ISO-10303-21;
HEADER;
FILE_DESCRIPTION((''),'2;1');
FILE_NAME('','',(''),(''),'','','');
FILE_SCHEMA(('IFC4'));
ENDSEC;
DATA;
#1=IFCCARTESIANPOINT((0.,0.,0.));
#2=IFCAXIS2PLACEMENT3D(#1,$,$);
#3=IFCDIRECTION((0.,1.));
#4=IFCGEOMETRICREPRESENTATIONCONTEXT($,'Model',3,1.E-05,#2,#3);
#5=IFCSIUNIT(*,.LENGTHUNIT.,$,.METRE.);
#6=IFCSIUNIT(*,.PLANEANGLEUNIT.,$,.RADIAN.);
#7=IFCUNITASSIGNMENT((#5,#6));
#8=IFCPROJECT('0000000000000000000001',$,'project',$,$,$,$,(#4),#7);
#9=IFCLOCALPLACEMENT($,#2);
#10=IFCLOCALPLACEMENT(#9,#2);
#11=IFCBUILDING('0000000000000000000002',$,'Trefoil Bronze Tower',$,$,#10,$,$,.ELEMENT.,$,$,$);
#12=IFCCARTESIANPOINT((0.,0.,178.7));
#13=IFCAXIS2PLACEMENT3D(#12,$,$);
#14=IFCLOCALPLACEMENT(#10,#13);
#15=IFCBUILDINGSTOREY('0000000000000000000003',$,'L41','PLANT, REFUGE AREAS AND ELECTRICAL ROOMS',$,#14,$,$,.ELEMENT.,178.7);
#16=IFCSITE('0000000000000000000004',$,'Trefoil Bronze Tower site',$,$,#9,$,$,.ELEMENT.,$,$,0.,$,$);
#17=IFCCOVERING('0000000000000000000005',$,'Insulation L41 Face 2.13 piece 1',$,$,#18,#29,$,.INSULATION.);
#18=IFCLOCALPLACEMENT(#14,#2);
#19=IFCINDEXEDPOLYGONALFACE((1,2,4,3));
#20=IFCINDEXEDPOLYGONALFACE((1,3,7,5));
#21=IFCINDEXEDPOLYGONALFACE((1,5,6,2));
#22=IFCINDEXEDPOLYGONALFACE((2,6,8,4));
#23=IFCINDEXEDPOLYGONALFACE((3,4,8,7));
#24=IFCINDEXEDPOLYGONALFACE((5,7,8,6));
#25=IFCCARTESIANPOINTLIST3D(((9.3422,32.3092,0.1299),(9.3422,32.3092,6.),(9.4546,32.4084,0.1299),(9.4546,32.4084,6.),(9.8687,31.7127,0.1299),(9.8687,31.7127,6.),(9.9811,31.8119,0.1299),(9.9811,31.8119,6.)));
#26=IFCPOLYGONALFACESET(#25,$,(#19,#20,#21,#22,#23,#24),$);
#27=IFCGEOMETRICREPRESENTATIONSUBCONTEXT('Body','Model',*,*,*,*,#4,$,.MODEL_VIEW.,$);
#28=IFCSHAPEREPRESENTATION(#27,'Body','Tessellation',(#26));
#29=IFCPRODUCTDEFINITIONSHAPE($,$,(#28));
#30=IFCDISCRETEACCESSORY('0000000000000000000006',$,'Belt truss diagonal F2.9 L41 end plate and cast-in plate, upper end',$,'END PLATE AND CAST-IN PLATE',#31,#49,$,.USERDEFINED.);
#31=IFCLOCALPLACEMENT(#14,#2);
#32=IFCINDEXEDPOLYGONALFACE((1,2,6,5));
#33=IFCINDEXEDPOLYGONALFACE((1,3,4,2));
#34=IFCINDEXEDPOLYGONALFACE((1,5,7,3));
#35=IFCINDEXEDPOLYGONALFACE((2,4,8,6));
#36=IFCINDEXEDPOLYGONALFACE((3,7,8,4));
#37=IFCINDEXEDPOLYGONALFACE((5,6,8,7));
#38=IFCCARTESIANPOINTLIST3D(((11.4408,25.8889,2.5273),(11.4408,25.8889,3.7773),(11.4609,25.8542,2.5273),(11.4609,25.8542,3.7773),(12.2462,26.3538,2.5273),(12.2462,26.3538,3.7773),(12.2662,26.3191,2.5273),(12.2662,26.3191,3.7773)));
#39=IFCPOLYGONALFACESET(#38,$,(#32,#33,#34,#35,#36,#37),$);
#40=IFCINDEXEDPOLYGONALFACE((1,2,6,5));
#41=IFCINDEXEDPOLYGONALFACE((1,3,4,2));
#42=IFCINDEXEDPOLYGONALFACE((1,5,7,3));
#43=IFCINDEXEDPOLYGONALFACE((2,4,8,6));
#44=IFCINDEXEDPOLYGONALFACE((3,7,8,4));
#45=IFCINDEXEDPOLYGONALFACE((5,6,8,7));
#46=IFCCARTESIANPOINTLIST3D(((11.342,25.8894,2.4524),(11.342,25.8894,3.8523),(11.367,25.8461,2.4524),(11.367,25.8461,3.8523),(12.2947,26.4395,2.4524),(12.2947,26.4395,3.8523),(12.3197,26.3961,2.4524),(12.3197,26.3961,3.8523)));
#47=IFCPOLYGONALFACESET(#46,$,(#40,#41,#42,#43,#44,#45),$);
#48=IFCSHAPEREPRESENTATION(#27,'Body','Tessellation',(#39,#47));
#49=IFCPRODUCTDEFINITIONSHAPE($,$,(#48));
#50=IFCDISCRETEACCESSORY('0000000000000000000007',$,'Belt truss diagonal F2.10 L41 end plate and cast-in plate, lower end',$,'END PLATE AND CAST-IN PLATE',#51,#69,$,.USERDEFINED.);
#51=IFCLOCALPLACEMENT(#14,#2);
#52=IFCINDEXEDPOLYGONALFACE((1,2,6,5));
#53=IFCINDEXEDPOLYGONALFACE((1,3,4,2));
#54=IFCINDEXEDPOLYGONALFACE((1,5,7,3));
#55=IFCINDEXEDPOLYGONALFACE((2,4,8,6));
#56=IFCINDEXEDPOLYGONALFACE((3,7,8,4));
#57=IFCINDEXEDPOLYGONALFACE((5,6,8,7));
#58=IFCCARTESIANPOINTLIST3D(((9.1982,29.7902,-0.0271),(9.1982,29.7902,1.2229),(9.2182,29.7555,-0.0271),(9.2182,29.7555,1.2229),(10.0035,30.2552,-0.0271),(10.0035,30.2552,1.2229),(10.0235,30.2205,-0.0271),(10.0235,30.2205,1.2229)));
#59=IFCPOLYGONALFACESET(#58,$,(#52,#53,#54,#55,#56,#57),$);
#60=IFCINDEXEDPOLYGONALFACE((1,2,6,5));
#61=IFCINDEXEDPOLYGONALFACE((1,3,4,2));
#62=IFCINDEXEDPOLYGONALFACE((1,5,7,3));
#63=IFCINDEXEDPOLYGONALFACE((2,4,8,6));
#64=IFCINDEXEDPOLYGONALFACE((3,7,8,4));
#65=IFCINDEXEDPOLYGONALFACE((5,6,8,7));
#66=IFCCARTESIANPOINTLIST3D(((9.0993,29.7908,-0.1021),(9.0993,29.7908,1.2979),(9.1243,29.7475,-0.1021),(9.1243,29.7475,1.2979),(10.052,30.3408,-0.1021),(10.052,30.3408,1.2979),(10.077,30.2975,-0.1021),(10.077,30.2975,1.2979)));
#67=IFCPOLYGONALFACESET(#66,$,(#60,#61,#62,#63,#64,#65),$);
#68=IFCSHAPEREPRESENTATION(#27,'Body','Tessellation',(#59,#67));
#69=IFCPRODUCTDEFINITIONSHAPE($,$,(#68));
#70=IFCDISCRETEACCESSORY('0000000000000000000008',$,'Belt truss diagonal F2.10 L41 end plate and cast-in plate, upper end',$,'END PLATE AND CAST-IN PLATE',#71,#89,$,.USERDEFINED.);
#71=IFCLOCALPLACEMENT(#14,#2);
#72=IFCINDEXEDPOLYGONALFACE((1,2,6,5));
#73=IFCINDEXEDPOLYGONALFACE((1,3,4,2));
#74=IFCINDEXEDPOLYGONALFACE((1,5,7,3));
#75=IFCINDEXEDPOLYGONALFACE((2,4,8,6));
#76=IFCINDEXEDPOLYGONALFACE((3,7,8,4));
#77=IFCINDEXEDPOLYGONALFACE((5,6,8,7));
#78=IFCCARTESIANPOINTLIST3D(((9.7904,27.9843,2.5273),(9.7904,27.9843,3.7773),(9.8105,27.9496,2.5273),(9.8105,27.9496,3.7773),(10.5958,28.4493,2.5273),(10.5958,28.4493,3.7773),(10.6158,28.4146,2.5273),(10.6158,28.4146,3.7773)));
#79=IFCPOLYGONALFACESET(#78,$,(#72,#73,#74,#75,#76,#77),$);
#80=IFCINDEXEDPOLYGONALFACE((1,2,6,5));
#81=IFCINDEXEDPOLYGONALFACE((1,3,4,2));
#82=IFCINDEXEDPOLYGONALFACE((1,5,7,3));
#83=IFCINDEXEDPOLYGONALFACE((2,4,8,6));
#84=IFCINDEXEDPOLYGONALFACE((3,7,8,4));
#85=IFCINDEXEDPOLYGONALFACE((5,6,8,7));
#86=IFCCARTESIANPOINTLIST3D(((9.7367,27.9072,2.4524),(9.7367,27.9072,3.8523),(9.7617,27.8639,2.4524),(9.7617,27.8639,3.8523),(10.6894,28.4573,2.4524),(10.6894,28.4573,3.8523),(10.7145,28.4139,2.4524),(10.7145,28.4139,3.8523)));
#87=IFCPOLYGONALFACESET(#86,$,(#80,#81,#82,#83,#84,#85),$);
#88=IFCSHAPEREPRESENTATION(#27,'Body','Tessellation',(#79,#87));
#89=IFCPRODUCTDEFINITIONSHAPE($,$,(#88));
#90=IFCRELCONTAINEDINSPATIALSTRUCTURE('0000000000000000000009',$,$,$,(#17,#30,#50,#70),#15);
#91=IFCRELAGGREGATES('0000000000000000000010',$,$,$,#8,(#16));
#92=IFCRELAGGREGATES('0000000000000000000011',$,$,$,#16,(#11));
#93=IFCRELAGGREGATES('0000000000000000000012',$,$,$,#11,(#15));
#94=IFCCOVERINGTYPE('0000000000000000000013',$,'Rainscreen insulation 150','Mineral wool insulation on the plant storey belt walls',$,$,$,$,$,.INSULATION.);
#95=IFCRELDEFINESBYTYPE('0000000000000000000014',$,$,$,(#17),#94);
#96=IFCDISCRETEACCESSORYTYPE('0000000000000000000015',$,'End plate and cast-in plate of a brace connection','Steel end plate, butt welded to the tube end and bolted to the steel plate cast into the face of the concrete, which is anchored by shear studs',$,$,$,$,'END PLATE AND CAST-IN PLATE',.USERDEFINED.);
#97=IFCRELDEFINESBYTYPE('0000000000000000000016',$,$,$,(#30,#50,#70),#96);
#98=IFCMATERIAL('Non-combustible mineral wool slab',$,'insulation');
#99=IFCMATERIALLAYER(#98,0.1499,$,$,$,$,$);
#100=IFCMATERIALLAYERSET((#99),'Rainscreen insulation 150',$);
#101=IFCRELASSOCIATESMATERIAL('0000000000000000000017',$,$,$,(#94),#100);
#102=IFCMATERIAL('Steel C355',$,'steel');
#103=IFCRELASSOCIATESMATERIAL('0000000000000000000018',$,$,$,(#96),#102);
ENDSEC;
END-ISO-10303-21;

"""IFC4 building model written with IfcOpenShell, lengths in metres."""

from ifc_helpers import new_model, si_unit, direction, frame, origin, origin_2d, place, context, subcontext, project, spatial, rectangle, extrude, material, layer, layer_set, type_object, element, save


model = new_model("IFC4")

# Units and contexts
model_context = context("Model", 3, precision=1e-05, world=origin(), true_north=direction((0.0, 1.0)))
body_context = subcontext(model_context, "Body", "Model", "MODEL_VIEW")
ifc_project = project(units=[si_unit("LENGTHUNIT", "METRE"), si_unit("PLANEANGLEUNIT", "RADIAN")], contexts=[model_context])

# Site, building, storey
site_placement = place(None, origin())
site = spatial("IfcSite", under=ifc_project, at=site_placement, Name="Trefoil Bronze Tower site", CompositionType="ELEMENT", RefElevation=0.0)
building_placement = place(site_placement, origin())
building = spatial("IfcBuilding", under=site, at=building_placement, Name="Trefoil Bronze Tower", CompositionType="ELEMENT")
storey_placement = place(building_placement, frame((0.0, 0.0, 178.7)))
storey = spatial("IfcBuildingStorey", under=building, at=storey_placement, Name="L41", Description="PLANT, REFUGE AREAS AND ELECTRICAL ROOMS", CompositionType="ELEMENT", Elevation=178.7)

# Covering
ifc_material_1 = material(Name="Non-combustible mineral wool slab", Category="insulation")
ifc_layer_1 = layer(ifc_material_1, 0.1499)
ifc_layer_set_1 = layer_set([ifc_layer_1], Name="Rainscreen insulation 150")
covering_type_1 = type_object("IfcCoveringType", Name="Rainscreen insulation 150", Description="Mineral wool insulation on the plant storey belt walls", PredefinedType="INSULATION", material=ifc_layer_set_1)
covering_1_placement = place(storey_placement, frame((9.6616, 32.0605, 0.1299), z_axis=(0.0, 0.0, 1.0), x_axis=(-0.661751, 0.749723, 0.0)))
element("IfcCovering", 1, at=covering_1_placement, inside=storey, type_object=covering_type_1, Name="Insulation L41 Face 2.13 piece 1", PredefinedType="INSULATION", context=body_context, shape_type="SweptSolid", body=[
    extrude(rectangle(XDim=0.7957, YDim=0.1499, at=origin_2d()), origin(), (0.0, 0.0, 1.0), 5.8701),
])

# Discrete accessories
ifc_material_2 = material(Name="Steel C355", Category="steel")
discrete_accessory_type = type_object("IfcDiscreteAccessoryType", Name="End plate and cast-in plate of a brace connection", Description="Steel end plate, butt welded to the tube end and bolted to the steel plate cast into the face of the concrete, which is anchored by shear studs", ElementType="END PLATE AND CAST-IN PLATE", PredefinedType="USERDEFINED", material=ifc_material_2)
for number, where, z_axis, x_axis, name in (
    (2, (11.8435, 26.1213, 3.1523), (0.0, 0.0, 1.0), (0.5, -0.866025, 0.0), "Belt truss diagonal F2.9 L41 end plate and cast-in plate, upper end"),
    (3, (9.6008, 30.0227, 0.5979), (0.0, 0.0, 1.0), (0.5, -0.866025, 0.0), "Belt truss diagonal F2.10 L41 end plate and cast-in plate, lower end"),
):
    element("IfcDiscreteAccessory", number, at=place(storey_placement, frame(where, z_axis=z_axis, x_axis=x_axis)), inside=storey, type_object=discrete_accessory_type, Name=name, ObjectType="END PLATE AND CAST-IN PLATE", PredefinedType="USERDEFINED", context=body_context, shape_type="SweptSolid", body=[
        extrude(rectangle(XDim=0.04, YDim=0.9299, at=origin_2d()), frame((0.02, 0.0, -0.625)), (0.0, 0.0, 1.0), 1.25),
        extrude(rectangle(XDim=0.05, YDim=1.1001, at=origin_2d()), frame((-0.0249, -0.0002, -0.7)), (0.0, 0.0, 1.0), 1.3999),
    ])
discrete_accessory_placement = place(storey_placement, frame((10.2131, 28.1821, 3.1523), z_axis=(0.0, 0.0, 1.0), x_axis=(-0.5, 0.866025, 0.0)))
element("IfcDiscreteAccessory", 4, at=discrete_accessory_placement, inside=storey, type_object=discrete_accessory_type, Name="Belt truss diagonal F2.10 L41 end plate and cast-in plate, upper end", ObjectType="END PLATE AND CAST-IN PLATE", PredefinedType="USERDEFINED", context=body_context, shape_type="SweptSolid", body=[
    extrude(rectangle(XDim=0.04, YDim=0.9299, at=origin_2d()), frame((0.02, 0.0, -0.625)), (0.0, 0.0, 1.0), 1.25),
    extrude(rectangle(XDim=0.05, YDim=1.1001, at=origin_2d()), frame((-0.0249, 0.0, -0.7)), (0.0, 0.0, 1.0), 1.3999),
])

save(model, "model.ifc")
